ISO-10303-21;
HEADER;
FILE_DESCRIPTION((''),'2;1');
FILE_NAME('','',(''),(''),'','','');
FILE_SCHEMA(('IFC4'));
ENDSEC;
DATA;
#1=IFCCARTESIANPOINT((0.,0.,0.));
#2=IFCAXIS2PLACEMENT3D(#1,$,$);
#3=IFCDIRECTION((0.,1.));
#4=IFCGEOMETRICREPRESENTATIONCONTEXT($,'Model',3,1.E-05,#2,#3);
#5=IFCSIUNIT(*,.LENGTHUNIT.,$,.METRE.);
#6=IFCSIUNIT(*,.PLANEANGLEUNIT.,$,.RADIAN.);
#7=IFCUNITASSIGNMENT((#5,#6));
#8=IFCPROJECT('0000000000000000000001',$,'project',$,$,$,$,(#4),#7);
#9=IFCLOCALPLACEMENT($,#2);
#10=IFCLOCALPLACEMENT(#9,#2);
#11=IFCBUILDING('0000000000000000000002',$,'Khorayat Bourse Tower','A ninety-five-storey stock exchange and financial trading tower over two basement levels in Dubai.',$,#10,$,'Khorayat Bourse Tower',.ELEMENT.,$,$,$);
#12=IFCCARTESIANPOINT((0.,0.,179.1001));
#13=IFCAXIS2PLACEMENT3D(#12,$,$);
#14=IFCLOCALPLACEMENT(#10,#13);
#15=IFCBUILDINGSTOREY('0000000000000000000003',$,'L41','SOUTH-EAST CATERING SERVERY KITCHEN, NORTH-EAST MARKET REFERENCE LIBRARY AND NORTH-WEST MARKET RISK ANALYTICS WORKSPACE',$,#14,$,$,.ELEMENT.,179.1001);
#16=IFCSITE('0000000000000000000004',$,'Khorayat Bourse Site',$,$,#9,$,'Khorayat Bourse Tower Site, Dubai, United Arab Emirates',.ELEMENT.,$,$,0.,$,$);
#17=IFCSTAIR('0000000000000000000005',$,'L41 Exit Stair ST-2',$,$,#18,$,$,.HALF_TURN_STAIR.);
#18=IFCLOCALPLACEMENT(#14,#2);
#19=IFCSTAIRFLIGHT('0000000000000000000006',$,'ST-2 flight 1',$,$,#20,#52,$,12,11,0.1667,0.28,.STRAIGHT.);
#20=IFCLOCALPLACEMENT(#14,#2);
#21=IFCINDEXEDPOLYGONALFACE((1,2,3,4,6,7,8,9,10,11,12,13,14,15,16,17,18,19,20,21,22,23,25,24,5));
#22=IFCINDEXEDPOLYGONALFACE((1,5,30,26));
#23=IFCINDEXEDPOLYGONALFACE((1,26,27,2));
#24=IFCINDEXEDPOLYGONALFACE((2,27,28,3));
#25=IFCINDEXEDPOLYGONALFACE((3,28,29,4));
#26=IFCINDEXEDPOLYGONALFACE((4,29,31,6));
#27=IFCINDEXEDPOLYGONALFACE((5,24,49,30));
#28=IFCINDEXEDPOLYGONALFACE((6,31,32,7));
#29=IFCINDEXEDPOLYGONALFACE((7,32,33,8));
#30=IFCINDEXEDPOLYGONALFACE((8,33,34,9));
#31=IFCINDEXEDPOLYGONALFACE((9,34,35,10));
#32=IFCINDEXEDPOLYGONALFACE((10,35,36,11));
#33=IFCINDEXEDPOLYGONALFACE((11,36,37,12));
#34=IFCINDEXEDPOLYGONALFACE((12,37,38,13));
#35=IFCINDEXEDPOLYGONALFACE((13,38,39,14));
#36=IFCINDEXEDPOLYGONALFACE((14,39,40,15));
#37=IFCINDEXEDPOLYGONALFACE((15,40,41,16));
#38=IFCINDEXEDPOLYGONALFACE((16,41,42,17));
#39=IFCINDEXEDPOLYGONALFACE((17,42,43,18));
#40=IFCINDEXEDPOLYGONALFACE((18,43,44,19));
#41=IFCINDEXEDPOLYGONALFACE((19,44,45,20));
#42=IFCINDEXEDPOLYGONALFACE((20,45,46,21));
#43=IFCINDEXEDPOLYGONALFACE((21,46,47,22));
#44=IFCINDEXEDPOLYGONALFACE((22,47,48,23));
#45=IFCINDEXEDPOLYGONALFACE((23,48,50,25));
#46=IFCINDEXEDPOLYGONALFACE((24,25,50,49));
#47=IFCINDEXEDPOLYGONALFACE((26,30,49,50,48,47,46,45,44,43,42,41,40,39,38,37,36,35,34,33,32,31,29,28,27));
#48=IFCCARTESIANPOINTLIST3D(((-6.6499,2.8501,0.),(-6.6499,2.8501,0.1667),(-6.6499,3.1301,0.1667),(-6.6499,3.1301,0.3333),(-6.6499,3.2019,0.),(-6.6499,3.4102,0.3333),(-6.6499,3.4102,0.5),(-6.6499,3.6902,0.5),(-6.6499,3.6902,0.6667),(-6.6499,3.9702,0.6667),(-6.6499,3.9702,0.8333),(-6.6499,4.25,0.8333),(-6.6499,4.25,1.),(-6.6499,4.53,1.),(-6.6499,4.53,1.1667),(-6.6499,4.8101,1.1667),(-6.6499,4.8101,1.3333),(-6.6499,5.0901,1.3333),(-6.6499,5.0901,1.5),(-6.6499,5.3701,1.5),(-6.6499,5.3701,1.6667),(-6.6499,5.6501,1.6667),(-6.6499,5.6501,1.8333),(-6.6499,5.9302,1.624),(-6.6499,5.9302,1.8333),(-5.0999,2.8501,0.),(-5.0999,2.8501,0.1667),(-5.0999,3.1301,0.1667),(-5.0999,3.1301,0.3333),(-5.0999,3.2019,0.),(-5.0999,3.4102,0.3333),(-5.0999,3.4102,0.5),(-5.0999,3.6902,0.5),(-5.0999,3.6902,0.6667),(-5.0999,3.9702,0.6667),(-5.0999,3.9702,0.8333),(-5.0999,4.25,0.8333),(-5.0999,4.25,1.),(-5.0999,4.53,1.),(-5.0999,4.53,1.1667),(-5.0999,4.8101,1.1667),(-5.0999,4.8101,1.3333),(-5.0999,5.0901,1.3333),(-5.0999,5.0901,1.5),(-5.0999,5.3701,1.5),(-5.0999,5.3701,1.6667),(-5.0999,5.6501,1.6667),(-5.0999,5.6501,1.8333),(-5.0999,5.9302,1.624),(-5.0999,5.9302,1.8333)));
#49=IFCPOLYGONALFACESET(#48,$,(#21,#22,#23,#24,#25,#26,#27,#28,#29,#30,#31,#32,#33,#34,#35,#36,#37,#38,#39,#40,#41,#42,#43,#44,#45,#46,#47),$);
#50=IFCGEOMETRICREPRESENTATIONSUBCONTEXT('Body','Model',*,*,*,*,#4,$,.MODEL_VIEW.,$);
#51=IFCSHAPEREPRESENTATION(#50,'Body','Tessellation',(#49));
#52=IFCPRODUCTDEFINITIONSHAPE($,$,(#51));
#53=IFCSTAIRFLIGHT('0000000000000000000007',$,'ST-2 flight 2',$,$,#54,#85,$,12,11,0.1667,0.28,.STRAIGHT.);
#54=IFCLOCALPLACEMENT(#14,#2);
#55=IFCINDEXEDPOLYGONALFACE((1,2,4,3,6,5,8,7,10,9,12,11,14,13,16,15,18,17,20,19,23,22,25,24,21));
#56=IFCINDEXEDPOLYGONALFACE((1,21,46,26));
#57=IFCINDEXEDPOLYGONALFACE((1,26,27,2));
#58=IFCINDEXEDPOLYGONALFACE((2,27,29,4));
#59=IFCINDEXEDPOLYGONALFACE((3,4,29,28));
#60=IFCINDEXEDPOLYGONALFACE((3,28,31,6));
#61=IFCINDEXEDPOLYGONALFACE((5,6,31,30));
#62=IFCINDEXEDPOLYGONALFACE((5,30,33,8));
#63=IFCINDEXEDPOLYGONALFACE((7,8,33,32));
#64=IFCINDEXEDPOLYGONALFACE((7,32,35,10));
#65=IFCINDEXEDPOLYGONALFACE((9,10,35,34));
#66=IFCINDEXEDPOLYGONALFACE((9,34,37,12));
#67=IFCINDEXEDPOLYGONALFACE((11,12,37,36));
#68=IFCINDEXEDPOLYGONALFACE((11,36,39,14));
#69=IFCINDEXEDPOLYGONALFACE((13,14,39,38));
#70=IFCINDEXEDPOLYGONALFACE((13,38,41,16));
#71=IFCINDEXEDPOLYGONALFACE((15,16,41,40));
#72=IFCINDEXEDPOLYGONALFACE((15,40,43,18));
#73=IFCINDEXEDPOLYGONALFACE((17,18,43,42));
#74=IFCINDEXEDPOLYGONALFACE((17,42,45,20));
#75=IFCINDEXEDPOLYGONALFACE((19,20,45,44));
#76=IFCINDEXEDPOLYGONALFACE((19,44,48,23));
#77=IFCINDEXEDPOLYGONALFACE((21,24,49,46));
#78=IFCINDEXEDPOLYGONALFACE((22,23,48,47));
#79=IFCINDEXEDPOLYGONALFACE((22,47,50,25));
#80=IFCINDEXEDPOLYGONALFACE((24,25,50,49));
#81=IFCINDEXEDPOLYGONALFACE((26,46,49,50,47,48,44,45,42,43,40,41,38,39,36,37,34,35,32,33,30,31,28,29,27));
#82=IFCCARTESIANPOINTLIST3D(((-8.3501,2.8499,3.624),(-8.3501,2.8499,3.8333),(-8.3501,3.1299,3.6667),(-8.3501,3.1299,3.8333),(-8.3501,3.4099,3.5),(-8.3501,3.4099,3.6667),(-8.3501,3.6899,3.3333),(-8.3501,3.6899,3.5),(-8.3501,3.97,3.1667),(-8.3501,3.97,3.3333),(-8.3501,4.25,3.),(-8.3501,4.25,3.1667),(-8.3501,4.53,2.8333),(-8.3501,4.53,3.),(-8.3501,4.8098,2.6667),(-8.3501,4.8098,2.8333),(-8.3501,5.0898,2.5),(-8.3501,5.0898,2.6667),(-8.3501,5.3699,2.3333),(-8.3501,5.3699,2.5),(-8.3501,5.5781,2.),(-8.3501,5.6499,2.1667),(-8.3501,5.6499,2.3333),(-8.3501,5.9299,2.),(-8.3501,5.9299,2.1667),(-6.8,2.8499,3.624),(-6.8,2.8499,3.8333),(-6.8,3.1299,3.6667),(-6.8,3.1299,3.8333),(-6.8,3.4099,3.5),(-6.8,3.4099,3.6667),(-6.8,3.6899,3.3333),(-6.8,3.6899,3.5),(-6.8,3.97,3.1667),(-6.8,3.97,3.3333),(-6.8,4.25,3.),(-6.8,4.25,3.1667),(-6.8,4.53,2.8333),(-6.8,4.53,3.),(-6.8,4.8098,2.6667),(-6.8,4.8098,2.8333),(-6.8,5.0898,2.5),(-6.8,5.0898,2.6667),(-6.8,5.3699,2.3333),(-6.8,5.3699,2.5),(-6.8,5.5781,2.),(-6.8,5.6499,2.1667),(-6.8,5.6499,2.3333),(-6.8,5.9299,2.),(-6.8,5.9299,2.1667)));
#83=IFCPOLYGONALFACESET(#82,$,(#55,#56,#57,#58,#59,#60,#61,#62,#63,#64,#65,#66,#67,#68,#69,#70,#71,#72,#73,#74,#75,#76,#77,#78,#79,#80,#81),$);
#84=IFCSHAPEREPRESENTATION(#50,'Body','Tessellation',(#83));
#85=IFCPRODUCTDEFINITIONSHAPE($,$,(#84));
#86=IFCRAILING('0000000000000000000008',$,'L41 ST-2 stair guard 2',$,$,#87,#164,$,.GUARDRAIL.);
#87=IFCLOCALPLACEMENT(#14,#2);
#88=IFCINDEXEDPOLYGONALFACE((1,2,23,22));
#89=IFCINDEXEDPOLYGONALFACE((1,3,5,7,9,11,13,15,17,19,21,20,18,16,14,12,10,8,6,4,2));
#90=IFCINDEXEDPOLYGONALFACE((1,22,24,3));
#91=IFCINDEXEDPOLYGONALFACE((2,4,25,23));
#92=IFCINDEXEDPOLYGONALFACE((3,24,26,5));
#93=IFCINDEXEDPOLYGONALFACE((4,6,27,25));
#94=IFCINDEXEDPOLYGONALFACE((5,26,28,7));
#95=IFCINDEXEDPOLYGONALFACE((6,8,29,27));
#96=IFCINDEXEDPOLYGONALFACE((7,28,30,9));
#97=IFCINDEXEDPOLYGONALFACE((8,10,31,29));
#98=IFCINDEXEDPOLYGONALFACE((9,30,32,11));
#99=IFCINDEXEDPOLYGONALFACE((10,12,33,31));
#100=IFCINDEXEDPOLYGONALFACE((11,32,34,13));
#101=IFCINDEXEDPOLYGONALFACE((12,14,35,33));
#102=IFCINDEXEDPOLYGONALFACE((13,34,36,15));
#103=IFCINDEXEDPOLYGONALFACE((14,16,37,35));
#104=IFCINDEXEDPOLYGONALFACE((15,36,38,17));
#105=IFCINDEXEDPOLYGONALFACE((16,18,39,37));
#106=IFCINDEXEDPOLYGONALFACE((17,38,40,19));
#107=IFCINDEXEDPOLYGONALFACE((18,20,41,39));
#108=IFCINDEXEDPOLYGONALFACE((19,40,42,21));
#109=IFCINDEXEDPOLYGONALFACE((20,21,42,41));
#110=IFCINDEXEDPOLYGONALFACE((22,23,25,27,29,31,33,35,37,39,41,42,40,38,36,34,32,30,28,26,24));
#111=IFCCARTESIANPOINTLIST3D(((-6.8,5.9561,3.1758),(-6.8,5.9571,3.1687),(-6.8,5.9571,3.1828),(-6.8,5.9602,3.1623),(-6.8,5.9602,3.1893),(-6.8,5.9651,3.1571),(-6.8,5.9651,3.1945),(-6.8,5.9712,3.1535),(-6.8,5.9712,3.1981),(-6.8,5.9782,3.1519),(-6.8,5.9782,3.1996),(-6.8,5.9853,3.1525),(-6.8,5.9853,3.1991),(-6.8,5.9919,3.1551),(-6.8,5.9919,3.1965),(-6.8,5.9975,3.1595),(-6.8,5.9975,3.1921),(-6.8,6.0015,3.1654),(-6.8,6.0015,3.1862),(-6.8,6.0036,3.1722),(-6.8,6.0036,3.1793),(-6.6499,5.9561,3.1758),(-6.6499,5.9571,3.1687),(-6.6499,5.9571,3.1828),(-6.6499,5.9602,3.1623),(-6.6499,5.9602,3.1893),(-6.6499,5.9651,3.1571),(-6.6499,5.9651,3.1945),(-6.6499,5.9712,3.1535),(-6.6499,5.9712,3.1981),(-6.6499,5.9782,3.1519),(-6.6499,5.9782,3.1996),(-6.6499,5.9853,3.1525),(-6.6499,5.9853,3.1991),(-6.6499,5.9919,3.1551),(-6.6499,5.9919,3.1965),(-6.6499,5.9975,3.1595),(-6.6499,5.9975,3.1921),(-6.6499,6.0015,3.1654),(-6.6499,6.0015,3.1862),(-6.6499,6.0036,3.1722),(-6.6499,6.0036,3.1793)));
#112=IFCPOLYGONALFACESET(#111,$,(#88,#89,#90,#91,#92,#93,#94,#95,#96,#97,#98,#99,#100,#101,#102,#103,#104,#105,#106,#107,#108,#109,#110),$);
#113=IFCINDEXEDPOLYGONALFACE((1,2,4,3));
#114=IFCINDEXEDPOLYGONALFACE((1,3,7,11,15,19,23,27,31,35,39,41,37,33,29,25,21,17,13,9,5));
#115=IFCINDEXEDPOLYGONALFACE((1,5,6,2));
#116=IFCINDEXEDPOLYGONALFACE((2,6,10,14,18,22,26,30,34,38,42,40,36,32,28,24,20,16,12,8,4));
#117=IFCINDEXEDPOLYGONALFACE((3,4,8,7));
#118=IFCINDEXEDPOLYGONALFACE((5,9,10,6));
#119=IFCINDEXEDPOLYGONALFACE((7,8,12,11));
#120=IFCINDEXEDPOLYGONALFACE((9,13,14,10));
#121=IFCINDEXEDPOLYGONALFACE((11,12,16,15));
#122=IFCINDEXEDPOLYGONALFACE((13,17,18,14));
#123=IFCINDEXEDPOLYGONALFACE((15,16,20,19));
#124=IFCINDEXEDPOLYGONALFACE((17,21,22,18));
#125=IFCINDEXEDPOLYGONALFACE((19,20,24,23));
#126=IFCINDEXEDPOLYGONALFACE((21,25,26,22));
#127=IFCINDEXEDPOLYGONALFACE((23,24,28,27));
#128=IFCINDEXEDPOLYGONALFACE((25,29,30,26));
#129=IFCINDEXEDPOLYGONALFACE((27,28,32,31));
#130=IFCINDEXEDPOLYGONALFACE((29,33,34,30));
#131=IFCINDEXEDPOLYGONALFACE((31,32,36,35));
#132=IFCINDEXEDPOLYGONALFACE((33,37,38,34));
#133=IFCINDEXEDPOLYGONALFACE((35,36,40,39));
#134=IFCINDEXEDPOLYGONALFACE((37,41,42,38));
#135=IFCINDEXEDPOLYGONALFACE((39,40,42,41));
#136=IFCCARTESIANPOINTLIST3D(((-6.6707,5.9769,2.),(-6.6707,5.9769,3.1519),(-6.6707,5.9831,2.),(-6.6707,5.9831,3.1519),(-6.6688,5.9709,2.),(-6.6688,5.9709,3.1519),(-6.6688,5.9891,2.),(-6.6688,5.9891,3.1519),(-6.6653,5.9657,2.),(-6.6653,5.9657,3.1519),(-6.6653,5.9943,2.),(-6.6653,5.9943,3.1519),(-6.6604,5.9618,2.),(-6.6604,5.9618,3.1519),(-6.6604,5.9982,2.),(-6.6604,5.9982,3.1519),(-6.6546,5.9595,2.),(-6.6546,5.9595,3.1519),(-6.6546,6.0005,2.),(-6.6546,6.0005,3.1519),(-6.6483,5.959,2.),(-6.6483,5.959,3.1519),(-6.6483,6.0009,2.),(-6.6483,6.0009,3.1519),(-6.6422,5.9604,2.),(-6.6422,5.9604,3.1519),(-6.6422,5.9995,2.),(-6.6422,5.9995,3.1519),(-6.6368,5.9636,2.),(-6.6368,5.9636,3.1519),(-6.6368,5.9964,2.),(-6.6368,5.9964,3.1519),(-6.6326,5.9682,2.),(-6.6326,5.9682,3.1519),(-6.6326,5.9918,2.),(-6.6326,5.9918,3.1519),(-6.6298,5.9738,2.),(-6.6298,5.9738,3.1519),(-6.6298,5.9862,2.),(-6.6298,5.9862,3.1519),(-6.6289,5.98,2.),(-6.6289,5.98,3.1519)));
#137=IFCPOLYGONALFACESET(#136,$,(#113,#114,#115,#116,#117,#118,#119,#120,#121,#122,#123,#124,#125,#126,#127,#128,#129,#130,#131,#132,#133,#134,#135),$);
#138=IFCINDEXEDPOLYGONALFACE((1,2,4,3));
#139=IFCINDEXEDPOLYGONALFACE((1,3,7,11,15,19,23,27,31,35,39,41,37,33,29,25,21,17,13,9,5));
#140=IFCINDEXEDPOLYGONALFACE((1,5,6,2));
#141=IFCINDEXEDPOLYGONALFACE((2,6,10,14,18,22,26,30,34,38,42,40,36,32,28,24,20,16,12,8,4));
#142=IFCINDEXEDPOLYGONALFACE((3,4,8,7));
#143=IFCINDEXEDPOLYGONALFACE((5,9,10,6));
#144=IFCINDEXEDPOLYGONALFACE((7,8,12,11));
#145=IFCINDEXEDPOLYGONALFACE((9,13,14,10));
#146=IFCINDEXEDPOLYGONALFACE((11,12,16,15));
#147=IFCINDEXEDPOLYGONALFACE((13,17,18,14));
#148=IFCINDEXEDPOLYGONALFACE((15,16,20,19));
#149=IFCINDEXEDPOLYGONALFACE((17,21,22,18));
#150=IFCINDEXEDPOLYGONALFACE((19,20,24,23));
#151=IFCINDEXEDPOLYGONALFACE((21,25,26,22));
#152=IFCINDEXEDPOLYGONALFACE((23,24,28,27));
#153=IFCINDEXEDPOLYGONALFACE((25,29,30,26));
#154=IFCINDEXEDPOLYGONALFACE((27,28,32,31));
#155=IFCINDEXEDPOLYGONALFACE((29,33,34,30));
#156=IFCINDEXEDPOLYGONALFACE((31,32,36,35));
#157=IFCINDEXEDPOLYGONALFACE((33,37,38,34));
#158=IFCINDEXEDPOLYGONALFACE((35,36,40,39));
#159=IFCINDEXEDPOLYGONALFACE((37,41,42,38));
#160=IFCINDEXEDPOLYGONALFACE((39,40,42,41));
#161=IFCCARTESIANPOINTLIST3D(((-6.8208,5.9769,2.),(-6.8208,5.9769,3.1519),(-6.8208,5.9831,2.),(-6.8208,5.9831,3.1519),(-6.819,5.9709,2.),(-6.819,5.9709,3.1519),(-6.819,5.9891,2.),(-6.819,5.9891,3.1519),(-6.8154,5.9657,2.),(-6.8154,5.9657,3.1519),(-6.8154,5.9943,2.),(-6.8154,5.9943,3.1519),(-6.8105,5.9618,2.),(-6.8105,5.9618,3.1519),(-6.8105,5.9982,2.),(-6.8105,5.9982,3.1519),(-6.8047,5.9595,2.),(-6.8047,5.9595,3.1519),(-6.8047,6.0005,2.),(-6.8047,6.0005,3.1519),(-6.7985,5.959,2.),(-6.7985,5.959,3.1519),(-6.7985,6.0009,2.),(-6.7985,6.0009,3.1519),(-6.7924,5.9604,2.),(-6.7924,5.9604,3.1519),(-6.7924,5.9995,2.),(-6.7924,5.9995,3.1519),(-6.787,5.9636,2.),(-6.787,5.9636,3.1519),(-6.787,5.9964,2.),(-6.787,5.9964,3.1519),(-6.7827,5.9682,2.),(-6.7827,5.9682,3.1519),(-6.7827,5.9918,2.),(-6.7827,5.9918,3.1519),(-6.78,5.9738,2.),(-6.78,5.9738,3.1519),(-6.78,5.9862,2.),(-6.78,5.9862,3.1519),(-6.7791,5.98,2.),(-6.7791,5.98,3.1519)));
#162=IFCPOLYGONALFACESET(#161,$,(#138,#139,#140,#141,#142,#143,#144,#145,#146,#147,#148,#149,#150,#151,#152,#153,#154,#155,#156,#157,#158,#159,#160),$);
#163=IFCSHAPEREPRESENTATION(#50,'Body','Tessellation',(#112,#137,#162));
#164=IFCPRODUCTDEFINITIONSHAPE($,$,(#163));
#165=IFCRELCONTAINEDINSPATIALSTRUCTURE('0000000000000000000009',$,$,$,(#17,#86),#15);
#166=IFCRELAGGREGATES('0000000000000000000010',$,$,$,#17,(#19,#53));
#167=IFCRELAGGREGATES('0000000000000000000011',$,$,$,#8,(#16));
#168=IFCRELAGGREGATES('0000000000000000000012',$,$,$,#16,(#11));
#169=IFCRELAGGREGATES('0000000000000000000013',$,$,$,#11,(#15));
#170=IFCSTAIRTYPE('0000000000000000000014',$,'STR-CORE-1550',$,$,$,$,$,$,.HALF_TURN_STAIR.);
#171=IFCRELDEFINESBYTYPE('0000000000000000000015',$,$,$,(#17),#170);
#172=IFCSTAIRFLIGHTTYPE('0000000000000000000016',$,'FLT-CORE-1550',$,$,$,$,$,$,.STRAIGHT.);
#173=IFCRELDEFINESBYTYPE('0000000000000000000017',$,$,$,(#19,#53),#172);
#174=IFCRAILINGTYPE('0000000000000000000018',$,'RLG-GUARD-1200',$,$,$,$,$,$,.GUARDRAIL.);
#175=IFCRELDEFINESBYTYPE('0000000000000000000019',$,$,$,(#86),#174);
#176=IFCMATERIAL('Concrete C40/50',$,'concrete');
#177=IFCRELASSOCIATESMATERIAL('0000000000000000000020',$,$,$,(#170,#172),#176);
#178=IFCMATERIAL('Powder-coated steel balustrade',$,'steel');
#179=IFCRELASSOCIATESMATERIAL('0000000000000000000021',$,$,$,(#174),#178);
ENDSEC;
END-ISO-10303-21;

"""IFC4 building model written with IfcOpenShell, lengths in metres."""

from ifc_helpers import new_model, si_unit, direction, frame, origin, origin_2d, place, context, subcontext, project, spatial, polyline, circle, outline, extrude, source, transform, mapped, material, type_object, element, aggregate, save


model = new_model("IFC4")

# Units and contexts
model_context = context("Model", 3, precision=1e-05, world=origin(), true_north=direction((0.0, 1.0)))
body_context = subcontext(model_context, "Body", "Model", "MODEL_VIEW")
ifc_project = project(units=[si_unit("LENGTHUNIT", "METRE"), si_unit("PLANEANGLEUNIT", "RADIAN")], contexts=[model_context])

# Site, building, storey
site_placement = place(None, origin())
site = spatial("IfcSite", under=ifc_project, at=site_placement, Name="Khorayat Bourse Site", LongName="Khorayat Bourse Tower Site, Dubai, United Arab Emirates", CompositionType="ELEMENT", RefElevation=0.0)
building_placement = place(site_placement, origin())
building = spatial("IfcBuilding", under=site, at=building_placement, Name="Khorayat Bourse Tower", Description="A ninety-five-storey stock exchange and financial trading tower over two basement levels in Dubai.", LongName="Khorayat Bourse Tower", CompositionType="ELEMENT")
storey_placement = place(building_placement, frame((0.0, 0.0, 179.1001)))
storey = spatial("IfcBuildingStorey", under=building, at=storey_placement, Name="L41", Description="SOUTH-EAST CATERING SERVERY KITCHEN, NORTH-EAST MARKET REFERENCE LIBRARY AND NORTH-WEST MARKET RISK ANALYTICS WORKSPACE", CompositionType="ELEMENT", Elevation=179.1001)

# Stair, stair flights
ifc_material_1 = material(Name="Concrete C40/50", Category="concrete")
stair_type = type_object("IfcStairType", Name="STR-CORE-1550", PredefinedType="HALF_TURN_STAIR", material=ifc_material_1)
stair_placement = place(storey_placement, origin())
stair = element("IfcStair", 1, at=stair_placement, inside=storey, type_object=stair_type, Name="L41 Exit Stair ST-2", PredefinedType="HALF_TURN_STAIR")
stair_flight_type = type_object("IfcStairFlightType", Name="FLT-CORE-1550", PredefinedType="STRAIGHT", material=ifc_material_1)
shared_shape_1 = source(origin(), body_context, "Body", "SweptSolid", [
    extrude(outline(polyline([(0.0, 0.0), (0.0, 0.1667), (0.28, 0.1667), (0.28, 0.3333), (0.5601, 0.3333), (0.5601, 0.5), (0.8401, 0.5), (0.8401, 0.6667), (1.1201, 0.6667), (1.1201, 0.8333), (1.3999, 0.8333), (1.3999, 1.0), (1.6799, 1.0), (1.6799, 1.1667), (1.96, 1.1667), (1.96, 1.3333), (2.24, 1.3333), (2.24, 1.5), (2.52, 1.5), (2.52, 1.6667), (2.8, 1.6667), (2.8, 1.8333), (3.0801, 1.8333), (3.0801, 2.0), (3.0801, 1.624), (0.3518, 0.0), (0.0, 0.0)])), frame((0.0, 0.7749, 0.0), z_axis=(0.0, -1.0, 0.0), x_axis=(1.0, 0.0, 0.0)), (0.0, 0.0, 1.0), 1.55),
])
stair_flight_1_placement = place(storey_placement, frame((-5.875, 2.8501, 0.0), z_axis=(0.0, 0.0, 1.0), x_axis=(0.0, 1.0, 0.0)))
stair_flight_1 = element("IfcStairFlight", 2, at=stair_flight_1_placement, type_object=stair_flight_type, Name="ST-2 flight 1", NumberOfRisers=12, NumberOfTreads=11, PredefinedType="STRAIGHT", RiserHeight=0.1667, TreadLength=0.28, context=body_context, shape_type="MappedRepresentation", body=[
    mapped(shared_shape_1, transform((0.0, 0.0, 0.0), scale=1.0)),
])
stair_flight_2_placement = place(storey_placement, frame((-7.575, 5.9299, 2.0), z_axis=(0.0, 0.0, 1.0), x_axis=(0.0, -1.0, 0.0)))
stair_flight_2 = element("IfcStairFlight", 3, at=stair_flight_2_placement, type_object=stair_flight_type, Name="ST-2 flight 2", NumberOfRisers=12, NumberOfTreads=11, PredefinedType="STRAIGHT", RiserHeight=0.1667, TreadLength=0.28, context=body_context, shape_type="MappedRepresentation", body=[
    mapped(shared_shape_1, transform((0.0, 0.0, 0.0), scale=1.0)),
])
aggregate(stair, [stair_flight_1, stair_flight_2])

# Railing
ifc_material_2 = material(Name="Powder-coated steel balustrade", Category="steel")
railing_type_1 = type_object("IfcRailingType", Name="RLG-GUARD-1200", PredefinedType="GUARDRAIL", material=ifc_material_2)
shared_shape_2 = source(origin(), body_context, "Body", "SweptSolid", [
    extrude(circle(Radius=0.0239, at=origin_2d()), frame((0.0, 0.0, 1.1758), z_axis=(-1.0, 0.0, 0.0), x_axis=(0.0, -1.0, 0.0)), (0.0, 0.0, 1.0), 0.1501),
    extrude(circle(Radius=0.021, at=origin_2d()), origin(), (0.0, 0.0, 1.0), 1.1519),
    extrude(circle(Radius=0.021, at=origin_2d()), frame((-0.1501, 0.0, 0.0)), (0.0, 0.0, 1.0), 1.1519),
])
for number, where, name in (
    (4, (-6.6499, 5.98, 2.0), "L41 ST-2 stair guard 2"),
):
    element("IfcRailing", number, at=place(storey_placement, frame(where)), inside=storey, type_object=railing_type_1, Name=name, PredefinedType="GUARDRAIL", context=body_context, shape_type="MappedRepresentation", body=[
        mapped(shared_shape_2, transform((0.0, 0.0, 0.0), scale=1.0)),
    ])

save(model, "model.ifc")
